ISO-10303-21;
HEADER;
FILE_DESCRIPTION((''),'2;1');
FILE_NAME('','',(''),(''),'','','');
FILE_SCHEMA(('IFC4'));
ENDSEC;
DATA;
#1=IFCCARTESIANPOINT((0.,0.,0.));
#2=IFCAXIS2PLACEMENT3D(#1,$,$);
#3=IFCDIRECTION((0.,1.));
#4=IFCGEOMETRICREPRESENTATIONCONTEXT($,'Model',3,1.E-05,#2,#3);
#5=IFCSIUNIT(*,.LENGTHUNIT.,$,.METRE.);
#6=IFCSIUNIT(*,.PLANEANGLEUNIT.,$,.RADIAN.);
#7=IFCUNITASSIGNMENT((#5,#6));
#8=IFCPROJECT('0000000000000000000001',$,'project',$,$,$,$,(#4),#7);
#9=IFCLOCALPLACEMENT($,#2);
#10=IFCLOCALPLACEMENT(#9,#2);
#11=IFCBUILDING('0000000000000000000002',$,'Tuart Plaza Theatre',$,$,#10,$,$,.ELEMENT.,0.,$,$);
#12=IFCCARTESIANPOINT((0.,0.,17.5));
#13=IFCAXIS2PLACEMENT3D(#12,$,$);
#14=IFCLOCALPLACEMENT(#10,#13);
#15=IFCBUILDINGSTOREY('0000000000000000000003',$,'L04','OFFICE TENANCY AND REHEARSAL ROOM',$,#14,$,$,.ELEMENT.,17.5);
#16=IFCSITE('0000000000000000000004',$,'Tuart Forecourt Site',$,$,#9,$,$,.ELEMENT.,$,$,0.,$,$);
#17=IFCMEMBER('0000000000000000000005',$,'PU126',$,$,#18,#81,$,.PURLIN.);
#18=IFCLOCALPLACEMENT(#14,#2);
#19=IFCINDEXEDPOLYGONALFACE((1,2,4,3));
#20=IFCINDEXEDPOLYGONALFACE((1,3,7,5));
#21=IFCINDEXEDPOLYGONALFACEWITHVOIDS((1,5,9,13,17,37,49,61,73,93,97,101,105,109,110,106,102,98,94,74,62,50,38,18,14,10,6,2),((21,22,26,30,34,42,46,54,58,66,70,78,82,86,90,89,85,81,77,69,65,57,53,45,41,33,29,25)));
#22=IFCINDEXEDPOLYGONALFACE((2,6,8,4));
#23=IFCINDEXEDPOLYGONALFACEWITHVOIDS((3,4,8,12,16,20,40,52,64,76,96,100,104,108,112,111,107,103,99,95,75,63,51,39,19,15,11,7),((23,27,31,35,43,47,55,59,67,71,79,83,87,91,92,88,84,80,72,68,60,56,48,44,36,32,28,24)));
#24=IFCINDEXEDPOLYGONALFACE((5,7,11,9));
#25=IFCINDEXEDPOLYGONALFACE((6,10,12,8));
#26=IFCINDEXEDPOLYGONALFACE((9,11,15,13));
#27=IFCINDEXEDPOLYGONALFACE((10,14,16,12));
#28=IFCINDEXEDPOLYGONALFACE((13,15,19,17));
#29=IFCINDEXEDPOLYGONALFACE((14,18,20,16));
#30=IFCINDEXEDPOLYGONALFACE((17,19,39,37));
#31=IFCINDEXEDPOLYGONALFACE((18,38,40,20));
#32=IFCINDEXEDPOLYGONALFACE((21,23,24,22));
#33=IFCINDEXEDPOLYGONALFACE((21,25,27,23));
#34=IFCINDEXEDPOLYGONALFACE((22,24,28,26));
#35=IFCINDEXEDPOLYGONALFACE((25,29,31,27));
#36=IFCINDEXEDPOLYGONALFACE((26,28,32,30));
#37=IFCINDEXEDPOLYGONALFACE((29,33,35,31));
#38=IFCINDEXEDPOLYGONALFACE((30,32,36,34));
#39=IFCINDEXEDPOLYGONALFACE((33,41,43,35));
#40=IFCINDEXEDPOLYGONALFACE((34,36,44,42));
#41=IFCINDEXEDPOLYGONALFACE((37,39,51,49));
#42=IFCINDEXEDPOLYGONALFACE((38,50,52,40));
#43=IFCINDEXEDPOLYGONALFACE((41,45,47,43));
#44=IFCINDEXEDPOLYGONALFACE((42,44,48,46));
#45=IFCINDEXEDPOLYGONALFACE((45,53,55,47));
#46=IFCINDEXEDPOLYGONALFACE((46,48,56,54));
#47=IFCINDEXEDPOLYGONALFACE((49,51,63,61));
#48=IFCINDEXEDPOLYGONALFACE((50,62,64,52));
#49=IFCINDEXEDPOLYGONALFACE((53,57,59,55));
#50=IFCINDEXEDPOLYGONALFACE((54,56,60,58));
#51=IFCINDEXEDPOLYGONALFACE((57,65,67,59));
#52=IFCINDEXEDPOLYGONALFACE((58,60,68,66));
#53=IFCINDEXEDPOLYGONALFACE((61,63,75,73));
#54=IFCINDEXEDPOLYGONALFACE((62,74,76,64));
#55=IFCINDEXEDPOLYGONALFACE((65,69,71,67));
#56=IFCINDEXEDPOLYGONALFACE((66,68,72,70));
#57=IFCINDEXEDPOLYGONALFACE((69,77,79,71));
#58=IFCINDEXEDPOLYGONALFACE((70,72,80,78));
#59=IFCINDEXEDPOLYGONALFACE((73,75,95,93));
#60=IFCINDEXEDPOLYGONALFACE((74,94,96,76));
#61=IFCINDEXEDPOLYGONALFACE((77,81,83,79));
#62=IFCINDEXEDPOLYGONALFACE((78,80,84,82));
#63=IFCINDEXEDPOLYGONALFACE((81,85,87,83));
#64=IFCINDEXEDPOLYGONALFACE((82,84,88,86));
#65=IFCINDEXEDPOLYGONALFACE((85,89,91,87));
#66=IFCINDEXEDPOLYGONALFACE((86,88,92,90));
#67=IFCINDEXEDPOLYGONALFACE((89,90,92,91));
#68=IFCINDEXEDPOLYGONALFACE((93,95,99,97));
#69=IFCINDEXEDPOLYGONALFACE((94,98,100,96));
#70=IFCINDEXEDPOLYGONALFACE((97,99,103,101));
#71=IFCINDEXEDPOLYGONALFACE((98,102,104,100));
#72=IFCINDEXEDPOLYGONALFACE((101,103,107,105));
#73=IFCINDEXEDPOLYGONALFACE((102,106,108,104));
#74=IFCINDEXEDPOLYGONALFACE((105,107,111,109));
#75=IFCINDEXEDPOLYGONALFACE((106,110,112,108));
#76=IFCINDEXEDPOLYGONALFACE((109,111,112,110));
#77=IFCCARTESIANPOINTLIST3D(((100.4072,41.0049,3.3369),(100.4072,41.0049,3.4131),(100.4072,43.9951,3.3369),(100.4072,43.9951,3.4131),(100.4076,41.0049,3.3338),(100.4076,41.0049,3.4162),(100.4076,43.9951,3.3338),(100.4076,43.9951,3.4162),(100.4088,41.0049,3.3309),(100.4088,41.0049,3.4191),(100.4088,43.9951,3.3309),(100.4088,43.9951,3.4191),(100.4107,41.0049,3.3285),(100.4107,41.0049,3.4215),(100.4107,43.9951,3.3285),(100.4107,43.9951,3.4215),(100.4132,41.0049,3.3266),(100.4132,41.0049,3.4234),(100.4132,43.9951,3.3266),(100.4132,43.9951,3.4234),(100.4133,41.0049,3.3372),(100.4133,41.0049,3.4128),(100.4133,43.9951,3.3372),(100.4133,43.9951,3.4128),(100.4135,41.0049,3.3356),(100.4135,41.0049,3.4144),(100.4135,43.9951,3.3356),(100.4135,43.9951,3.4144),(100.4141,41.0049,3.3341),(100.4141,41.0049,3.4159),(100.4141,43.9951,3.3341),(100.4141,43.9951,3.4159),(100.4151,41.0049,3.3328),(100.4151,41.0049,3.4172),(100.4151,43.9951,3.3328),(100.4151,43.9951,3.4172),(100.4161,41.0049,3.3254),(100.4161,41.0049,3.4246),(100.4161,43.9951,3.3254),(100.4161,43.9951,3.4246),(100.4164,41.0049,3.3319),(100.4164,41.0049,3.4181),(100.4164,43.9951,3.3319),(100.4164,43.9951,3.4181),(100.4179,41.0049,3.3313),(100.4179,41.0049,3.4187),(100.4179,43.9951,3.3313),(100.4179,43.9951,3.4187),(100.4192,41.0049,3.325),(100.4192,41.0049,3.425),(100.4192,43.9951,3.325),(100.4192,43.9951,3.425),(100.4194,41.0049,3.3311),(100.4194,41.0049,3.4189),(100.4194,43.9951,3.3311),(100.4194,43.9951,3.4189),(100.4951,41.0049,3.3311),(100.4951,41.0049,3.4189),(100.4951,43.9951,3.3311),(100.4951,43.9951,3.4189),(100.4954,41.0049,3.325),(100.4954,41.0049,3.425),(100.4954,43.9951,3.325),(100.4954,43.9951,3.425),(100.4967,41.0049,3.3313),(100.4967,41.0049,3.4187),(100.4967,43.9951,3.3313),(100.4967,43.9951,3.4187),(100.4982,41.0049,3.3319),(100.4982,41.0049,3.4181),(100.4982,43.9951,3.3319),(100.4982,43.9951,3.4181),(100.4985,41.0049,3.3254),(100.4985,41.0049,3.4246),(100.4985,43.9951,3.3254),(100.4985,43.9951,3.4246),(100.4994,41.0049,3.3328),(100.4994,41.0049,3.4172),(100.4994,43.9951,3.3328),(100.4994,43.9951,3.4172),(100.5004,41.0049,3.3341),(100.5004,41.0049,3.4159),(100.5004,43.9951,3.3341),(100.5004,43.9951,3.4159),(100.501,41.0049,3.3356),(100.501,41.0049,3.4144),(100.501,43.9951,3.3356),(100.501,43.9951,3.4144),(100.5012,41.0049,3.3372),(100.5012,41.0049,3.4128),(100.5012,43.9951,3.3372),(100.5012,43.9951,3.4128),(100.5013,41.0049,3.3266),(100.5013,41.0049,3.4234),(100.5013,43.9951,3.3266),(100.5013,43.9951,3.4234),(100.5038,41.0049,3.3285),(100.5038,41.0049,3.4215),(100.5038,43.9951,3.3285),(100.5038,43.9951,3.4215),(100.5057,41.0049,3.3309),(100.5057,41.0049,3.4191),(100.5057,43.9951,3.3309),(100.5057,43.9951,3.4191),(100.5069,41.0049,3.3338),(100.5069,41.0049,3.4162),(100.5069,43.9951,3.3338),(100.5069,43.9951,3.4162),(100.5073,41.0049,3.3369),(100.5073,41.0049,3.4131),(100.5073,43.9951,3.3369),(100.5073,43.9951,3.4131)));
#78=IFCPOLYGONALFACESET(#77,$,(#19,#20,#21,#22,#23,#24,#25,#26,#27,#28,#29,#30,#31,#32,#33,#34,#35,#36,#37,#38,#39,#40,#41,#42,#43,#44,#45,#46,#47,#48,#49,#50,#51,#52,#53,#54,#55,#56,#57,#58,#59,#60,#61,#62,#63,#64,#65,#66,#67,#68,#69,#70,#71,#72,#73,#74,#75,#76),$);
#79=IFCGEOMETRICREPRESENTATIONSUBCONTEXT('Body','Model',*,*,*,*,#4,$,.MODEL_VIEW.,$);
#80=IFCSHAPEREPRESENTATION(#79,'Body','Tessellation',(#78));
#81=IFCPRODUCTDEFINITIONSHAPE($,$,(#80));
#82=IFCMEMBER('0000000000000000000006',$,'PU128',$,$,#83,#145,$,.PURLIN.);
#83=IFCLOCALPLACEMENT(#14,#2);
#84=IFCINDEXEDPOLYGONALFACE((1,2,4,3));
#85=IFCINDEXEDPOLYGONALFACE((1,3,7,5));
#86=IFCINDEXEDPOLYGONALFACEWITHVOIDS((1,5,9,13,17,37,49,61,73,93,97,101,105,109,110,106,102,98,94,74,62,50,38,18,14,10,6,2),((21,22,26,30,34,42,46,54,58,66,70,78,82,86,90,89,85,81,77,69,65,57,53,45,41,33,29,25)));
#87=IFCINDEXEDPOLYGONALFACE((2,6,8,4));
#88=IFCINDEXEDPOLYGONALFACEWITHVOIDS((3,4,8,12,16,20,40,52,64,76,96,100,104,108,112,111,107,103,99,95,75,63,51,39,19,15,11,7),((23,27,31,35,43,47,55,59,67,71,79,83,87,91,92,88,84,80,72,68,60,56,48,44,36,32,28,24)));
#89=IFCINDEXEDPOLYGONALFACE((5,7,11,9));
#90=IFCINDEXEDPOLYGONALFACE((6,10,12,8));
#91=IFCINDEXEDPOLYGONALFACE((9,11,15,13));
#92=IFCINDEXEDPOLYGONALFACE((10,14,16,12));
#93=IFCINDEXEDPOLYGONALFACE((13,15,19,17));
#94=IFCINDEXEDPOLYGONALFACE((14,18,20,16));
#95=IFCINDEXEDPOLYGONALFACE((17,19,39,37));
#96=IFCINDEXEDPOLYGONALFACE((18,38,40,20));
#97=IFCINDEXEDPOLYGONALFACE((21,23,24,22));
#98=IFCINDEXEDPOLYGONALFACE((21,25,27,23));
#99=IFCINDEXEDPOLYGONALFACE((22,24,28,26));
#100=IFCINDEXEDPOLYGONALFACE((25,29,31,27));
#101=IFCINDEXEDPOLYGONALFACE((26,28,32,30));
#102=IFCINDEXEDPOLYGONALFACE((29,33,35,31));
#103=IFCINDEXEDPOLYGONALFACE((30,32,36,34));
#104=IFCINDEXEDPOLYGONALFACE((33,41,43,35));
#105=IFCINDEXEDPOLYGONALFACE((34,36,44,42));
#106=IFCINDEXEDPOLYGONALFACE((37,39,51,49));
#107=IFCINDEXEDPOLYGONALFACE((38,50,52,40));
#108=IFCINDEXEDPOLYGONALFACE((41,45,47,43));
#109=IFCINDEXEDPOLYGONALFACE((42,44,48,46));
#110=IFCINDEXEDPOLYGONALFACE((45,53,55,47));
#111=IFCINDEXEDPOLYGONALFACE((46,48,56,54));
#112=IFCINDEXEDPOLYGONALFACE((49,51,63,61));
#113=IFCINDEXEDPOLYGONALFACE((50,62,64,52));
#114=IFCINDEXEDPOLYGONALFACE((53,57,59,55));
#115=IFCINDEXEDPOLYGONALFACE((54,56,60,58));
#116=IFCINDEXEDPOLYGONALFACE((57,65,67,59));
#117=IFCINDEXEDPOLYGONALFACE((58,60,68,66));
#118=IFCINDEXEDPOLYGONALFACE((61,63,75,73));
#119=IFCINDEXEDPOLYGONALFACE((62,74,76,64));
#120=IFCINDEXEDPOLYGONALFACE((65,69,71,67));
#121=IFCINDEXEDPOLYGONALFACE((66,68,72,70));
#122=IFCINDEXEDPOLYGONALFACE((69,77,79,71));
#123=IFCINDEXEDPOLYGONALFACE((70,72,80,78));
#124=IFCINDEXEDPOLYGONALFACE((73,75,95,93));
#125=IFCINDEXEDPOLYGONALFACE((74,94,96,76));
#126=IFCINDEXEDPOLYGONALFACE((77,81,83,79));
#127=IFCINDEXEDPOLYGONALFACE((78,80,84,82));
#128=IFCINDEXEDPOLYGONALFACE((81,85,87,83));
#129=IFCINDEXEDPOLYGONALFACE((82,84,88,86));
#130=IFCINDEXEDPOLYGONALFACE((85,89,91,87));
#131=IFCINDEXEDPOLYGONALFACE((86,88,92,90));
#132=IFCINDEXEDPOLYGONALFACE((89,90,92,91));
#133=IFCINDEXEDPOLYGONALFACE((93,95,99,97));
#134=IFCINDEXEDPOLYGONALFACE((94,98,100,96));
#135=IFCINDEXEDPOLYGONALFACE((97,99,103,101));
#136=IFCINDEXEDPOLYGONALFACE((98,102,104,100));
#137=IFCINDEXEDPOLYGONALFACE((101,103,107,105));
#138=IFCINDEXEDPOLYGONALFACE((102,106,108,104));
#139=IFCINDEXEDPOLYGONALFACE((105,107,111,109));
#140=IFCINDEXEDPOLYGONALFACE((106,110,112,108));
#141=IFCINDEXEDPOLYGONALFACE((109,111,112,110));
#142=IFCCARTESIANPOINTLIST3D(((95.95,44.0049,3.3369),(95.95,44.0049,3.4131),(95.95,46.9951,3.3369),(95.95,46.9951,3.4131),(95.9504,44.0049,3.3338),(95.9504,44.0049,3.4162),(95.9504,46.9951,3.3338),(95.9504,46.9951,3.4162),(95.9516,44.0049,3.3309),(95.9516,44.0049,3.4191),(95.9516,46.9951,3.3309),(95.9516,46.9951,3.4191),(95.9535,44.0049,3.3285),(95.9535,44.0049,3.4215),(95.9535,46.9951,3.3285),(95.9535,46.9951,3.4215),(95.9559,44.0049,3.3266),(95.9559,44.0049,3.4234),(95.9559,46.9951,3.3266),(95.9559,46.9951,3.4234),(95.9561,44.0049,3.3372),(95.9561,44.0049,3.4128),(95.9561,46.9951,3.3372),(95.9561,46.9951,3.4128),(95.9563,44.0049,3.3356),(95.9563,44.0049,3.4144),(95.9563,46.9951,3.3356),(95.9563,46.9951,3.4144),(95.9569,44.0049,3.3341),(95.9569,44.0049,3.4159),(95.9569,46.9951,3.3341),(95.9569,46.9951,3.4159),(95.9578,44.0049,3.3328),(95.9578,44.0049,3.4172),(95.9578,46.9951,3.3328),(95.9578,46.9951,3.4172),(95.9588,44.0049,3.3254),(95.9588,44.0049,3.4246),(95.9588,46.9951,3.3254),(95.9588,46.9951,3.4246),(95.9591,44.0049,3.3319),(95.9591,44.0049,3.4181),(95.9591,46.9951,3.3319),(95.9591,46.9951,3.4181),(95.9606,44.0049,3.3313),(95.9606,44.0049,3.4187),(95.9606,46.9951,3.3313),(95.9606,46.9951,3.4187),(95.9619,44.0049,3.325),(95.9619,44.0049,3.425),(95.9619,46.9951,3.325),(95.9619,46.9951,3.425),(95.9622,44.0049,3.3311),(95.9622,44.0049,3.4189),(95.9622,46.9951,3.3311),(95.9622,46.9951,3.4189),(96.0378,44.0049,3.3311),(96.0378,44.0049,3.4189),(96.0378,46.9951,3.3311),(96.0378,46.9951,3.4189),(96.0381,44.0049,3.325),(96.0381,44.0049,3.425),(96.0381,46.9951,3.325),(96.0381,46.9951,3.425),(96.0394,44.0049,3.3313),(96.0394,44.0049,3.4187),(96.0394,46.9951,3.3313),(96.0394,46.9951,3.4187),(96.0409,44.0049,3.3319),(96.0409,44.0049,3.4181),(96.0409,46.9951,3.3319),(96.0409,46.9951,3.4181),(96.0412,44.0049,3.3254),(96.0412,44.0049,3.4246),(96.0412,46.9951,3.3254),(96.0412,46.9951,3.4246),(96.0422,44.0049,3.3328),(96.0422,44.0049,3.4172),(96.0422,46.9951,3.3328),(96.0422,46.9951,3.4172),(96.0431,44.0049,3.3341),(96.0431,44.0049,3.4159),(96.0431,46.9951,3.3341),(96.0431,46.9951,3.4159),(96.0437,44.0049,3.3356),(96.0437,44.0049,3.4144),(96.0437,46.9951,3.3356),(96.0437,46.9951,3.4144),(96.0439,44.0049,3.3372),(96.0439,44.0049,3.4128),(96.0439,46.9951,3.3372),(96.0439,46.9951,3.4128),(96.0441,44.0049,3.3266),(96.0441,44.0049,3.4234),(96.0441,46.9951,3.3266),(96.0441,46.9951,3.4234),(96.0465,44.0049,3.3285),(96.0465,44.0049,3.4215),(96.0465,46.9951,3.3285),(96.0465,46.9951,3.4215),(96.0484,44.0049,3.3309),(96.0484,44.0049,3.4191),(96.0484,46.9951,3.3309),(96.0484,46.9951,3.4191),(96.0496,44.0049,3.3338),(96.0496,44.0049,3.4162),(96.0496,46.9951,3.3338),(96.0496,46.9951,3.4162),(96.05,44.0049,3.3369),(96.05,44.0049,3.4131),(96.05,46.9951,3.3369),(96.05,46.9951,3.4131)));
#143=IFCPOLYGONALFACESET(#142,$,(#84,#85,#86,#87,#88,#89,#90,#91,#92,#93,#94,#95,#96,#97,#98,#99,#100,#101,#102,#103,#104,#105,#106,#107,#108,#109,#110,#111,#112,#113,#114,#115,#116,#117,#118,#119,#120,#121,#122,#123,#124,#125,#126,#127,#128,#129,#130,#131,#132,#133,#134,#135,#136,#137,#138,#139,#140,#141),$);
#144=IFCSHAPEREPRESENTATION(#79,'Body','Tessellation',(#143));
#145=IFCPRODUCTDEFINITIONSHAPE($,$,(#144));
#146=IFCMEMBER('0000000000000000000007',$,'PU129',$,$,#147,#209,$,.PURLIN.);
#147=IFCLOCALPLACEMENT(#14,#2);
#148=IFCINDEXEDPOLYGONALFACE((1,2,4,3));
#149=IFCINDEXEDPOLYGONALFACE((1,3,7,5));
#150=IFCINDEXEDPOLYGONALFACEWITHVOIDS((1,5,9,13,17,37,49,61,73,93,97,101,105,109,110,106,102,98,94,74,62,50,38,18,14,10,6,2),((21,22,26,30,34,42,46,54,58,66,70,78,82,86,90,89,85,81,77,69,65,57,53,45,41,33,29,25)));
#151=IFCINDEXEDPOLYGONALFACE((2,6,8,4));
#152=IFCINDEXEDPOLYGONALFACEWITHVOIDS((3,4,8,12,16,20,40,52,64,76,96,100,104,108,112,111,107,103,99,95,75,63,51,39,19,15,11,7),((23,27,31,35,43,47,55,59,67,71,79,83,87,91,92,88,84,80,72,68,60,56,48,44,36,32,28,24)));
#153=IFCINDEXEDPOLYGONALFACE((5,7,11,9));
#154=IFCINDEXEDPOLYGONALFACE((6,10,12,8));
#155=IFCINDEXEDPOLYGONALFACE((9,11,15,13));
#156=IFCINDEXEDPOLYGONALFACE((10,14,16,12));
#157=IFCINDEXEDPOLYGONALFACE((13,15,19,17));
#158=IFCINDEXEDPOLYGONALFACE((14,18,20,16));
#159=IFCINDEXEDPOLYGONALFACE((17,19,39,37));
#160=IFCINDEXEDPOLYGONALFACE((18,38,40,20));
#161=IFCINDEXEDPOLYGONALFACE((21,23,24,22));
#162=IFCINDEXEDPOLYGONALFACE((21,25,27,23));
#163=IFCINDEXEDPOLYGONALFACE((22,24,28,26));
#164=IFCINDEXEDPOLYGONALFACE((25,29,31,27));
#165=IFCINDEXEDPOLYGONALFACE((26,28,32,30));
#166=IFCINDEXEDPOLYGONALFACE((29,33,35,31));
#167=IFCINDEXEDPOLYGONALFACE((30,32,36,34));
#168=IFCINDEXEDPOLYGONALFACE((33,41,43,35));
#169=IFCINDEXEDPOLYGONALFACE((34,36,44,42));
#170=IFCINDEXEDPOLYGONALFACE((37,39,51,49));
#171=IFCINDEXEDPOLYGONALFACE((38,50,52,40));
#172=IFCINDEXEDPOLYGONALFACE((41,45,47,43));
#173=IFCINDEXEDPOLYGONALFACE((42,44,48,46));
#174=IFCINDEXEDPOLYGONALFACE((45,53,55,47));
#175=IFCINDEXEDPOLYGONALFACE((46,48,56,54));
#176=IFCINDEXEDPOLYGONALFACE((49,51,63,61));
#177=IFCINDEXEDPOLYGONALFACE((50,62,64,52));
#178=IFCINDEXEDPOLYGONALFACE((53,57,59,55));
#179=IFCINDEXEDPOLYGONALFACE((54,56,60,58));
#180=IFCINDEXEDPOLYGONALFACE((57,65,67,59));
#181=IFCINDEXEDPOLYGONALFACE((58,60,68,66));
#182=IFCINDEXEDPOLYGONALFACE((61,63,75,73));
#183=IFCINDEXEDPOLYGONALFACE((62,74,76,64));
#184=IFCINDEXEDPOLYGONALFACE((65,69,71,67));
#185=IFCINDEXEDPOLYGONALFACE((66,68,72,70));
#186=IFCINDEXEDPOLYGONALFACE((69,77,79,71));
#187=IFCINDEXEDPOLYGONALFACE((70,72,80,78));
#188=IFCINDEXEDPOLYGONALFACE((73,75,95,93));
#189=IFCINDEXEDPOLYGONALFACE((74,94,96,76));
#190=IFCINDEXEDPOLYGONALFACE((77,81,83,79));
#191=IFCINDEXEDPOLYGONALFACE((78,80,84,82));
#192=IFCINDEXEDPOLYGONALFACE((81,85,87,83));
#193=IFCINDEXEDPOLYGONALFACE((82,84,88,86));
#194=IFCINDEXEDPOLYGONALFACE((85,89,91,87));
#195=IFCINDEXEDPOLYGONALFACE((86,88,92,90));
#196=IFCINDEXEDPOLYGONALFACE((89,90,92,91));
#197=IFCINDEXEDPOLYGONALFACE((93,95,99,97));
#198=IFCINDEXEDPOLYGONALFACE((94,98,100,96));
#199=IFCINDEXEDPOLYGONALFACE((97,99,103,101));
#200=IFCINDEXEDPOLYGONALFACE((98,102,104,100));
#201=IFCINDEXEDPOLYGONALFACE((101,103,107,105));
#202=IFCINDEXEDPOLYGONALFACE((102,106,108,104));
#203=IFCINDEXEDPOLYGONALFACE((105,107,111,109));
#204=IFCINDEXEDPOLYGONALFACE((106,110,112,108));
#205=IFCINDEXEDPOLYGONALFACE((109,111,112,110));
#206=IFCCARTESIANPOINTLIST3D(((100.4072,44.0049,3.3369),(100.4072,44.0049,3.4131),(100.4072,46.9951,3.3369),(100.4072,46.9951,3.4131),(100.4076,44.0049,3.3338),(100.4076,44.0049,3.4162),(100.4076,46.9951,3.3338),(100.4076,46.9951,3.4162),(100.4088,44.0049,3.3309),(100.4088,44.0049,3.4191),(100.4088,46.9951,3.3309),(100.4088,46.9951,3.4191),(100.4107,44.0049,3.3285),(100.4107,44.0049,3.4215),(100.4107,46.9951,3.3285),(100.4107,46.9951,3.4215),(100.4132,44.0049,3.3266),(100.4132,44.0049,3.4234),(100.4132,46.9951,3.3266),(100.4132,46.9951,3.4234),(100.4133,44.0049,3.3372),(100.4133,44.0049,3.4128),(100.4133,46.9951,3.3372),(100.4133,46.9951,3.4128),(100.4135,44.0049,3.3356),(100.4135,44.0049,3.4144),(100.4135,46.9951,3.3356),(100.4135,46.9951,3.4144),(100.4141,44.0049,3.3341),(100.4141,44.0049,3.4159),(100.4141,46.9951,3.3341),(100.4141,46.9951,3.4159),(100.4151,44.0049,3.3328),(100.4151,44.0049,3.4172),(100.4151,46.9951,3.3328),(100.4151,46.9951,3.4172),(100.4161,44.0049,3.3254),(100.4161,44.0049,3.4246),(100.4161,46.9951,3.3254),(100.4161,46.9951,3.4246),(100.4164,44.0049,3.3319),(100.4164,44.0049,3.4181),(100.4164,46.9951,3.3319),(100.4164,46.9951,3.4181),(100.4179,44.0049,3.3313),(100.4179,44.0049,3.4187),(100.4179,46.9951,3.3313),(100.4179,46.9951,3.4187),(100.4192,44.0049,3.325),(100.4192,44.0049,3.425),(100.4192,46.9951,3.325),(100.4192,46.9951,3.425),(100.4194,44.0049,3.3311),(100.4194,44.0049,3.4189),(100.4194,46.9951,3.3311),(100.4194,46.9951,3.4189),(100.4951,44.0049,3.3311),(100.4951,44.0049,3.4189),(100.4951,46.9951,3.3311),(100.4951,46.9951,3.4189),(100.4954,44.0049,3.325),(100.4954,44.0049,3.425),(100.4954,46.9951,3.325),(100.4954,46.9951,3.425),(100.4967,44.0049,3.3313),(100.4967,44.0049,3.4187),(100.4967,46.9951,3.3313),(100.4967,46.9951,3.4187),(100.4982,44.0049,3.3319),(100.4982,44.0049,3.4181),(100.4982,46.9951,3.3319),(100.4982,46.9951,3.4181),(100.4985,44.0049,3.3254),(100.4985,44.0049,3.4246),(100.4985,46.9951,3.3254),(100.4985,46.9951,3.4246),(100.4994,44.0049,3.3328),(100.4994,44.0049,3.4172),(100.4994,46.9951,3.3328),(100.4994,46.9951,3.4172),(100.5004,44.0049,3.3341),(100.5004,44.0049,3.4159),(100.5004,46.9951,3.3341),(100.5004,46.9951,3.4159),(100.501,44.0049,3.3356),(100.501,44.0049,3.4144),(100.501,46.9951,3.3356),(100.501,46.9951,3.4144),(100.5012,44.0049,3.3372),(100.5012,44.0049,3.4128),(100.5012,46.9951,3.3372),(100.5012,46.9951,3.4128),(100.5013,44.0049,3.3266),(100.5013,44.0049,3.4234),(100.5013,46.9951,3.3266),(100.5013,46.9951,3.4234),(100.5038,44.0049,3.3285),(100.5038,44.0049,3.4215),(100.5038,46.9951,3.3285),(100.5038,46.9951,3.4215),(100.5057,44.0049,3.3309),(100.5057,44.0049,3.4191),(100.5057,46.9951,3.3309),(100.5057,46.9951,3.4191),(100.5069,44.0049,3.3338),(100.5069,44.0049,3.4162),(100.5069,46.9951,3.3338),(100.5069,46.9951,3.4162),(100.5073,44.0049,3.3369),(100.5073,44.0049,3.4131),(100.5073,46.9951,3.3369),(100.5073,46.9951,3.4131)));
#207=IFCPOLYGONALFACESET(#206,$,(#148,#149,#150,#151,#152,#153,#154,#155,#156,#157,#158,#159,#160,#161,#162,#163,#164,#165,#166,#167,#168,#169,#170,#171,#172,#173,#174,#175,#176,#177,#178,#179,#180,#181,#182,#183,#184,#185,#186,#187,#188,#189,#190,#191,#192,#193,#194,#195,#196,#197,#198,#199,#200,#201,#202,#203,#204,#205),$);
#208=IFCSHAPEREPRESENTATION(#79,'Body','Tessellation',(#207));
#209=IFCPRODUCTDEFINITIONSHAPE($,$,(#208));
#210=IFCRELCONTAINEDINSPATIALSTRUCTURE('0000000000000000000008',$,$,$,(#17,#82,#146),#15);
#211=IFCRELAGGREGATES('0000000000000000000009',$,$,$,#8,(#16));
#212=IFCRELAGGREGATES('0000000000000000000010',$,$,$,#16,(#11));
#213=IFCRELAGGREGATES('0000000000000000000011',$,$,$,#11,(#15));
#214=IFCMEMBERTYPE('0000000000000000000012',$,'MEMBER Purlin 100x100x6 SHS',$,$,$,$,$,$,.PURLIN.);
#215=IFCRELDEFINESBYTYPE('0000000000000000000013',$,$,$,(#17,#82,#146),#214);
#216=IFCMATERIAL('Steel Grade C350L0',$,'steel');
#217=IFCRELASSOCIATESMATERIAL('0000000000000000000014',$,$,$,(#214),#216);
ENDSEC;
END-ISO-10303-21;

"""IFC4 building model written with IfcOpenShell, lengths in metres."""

from ifc_helpers import new_model, si_unit, direction, frame, origin, origin_2d, place, context, subcontext, project, spatial, hollow_rectangle, extrude, material, material_profile, profile_set, type_object, element, save


model = new_model("IFC4")

# Units and contexts
model_context = context("Model", 3, precision=1e-05, world=origin(), true_north=direction((0.0, 1.0)))
body_context = subcontext(model_context, "Body", "Model", "MODEL_VIEW")
ifc_project = project(units=[si_unit("LENGTHUNIT", "METRE"), si_unit("PLANEANGLEUNIT", "RADIAN")], contexts=[model_context])

# Site, building, storey
site_placement = place(None, origin())
site = spatial("IfcSite", under=ifc_project, at=site_placement, Name="Tuart Forecourt Site", CompositionType="ELEMENT", RefElevation=0.0)
building_placement = place(site_placement, origin())
building = spatial("IfcBuilding", under=site, at=building_placement, Name="Tuart Plaza Theatre", CompositionType="ELEMENT", ElevationOfRefHeight=0.0)
storey_placement = place(building_placement, frame((0.0, 0.0, 17.5)))
storey = spatial("IfcBuildingStorey", under=building, at=storey_placement, Name="L04", Description="OFFICE TENANCY AND REHEARSAL ROOM", CompositionType="ELEMENT", Elevation=17.5)

# Members
ifc_material_1 = material(Name="Steel Grade C350L0", Category="steel")
ifc_material_profile_1 = material_profile(ifc_material_1, hollow_rectangle(XDim=0.1001, YDim=0.1001, WallThickness=0.0061, InnerFilletRadius=0.0061, OuterFilletRadius=0.012, at=origin_2d()), Name="100x100x6 SHS")
ifc_profile_set_1 = profile_set([ifc_material_profile_1], Name="Steel Grade C350L0")
member_type_1 = type_object("IfcMemberType", Name="MEMBER Purlin 100x100x6 SHS", PredefinedType="PURLIN", material=ifc_profile_set_1)
for number, where, z_axis, x_axis, name in (
    (1, (100.4573, 41.0049, 3.375), (0.0, 1.0, 0.0), (-1.0, 0.0, 0.0), "PU126"),
    (2, (96.0, 44.0049, 3.375), (0.0, 1.0, 0.0), (-1.0, 0.0, 0.0), "PU128"),
    (3, (100.4573, 44.0049, 3.375), (0.0, 1.0, 0.0), (-1.0, 0.0, 0.0), "PU129"),
):
    element("IfcMember", number, at=place(storey_placement, frame(where, z_axis=z_axis, x_axis=x_axis)), inside=storey, type_object=member_type_1, Name=name, PredefinedType="PURLIN", context=body_context, shape_type="SweptSolid", body=[
        extrude(hollow_rectangle(XDim=0.1001, YDim=0.1001, WallThickness=0.0061, InnerFilletRadius=0.0061, OuterFilletRadius=0.012, at=origin_2d()), origin(), (0.0, 0.0, 1.0), 2.9902),
    ])

save(model, "model.ifc")
